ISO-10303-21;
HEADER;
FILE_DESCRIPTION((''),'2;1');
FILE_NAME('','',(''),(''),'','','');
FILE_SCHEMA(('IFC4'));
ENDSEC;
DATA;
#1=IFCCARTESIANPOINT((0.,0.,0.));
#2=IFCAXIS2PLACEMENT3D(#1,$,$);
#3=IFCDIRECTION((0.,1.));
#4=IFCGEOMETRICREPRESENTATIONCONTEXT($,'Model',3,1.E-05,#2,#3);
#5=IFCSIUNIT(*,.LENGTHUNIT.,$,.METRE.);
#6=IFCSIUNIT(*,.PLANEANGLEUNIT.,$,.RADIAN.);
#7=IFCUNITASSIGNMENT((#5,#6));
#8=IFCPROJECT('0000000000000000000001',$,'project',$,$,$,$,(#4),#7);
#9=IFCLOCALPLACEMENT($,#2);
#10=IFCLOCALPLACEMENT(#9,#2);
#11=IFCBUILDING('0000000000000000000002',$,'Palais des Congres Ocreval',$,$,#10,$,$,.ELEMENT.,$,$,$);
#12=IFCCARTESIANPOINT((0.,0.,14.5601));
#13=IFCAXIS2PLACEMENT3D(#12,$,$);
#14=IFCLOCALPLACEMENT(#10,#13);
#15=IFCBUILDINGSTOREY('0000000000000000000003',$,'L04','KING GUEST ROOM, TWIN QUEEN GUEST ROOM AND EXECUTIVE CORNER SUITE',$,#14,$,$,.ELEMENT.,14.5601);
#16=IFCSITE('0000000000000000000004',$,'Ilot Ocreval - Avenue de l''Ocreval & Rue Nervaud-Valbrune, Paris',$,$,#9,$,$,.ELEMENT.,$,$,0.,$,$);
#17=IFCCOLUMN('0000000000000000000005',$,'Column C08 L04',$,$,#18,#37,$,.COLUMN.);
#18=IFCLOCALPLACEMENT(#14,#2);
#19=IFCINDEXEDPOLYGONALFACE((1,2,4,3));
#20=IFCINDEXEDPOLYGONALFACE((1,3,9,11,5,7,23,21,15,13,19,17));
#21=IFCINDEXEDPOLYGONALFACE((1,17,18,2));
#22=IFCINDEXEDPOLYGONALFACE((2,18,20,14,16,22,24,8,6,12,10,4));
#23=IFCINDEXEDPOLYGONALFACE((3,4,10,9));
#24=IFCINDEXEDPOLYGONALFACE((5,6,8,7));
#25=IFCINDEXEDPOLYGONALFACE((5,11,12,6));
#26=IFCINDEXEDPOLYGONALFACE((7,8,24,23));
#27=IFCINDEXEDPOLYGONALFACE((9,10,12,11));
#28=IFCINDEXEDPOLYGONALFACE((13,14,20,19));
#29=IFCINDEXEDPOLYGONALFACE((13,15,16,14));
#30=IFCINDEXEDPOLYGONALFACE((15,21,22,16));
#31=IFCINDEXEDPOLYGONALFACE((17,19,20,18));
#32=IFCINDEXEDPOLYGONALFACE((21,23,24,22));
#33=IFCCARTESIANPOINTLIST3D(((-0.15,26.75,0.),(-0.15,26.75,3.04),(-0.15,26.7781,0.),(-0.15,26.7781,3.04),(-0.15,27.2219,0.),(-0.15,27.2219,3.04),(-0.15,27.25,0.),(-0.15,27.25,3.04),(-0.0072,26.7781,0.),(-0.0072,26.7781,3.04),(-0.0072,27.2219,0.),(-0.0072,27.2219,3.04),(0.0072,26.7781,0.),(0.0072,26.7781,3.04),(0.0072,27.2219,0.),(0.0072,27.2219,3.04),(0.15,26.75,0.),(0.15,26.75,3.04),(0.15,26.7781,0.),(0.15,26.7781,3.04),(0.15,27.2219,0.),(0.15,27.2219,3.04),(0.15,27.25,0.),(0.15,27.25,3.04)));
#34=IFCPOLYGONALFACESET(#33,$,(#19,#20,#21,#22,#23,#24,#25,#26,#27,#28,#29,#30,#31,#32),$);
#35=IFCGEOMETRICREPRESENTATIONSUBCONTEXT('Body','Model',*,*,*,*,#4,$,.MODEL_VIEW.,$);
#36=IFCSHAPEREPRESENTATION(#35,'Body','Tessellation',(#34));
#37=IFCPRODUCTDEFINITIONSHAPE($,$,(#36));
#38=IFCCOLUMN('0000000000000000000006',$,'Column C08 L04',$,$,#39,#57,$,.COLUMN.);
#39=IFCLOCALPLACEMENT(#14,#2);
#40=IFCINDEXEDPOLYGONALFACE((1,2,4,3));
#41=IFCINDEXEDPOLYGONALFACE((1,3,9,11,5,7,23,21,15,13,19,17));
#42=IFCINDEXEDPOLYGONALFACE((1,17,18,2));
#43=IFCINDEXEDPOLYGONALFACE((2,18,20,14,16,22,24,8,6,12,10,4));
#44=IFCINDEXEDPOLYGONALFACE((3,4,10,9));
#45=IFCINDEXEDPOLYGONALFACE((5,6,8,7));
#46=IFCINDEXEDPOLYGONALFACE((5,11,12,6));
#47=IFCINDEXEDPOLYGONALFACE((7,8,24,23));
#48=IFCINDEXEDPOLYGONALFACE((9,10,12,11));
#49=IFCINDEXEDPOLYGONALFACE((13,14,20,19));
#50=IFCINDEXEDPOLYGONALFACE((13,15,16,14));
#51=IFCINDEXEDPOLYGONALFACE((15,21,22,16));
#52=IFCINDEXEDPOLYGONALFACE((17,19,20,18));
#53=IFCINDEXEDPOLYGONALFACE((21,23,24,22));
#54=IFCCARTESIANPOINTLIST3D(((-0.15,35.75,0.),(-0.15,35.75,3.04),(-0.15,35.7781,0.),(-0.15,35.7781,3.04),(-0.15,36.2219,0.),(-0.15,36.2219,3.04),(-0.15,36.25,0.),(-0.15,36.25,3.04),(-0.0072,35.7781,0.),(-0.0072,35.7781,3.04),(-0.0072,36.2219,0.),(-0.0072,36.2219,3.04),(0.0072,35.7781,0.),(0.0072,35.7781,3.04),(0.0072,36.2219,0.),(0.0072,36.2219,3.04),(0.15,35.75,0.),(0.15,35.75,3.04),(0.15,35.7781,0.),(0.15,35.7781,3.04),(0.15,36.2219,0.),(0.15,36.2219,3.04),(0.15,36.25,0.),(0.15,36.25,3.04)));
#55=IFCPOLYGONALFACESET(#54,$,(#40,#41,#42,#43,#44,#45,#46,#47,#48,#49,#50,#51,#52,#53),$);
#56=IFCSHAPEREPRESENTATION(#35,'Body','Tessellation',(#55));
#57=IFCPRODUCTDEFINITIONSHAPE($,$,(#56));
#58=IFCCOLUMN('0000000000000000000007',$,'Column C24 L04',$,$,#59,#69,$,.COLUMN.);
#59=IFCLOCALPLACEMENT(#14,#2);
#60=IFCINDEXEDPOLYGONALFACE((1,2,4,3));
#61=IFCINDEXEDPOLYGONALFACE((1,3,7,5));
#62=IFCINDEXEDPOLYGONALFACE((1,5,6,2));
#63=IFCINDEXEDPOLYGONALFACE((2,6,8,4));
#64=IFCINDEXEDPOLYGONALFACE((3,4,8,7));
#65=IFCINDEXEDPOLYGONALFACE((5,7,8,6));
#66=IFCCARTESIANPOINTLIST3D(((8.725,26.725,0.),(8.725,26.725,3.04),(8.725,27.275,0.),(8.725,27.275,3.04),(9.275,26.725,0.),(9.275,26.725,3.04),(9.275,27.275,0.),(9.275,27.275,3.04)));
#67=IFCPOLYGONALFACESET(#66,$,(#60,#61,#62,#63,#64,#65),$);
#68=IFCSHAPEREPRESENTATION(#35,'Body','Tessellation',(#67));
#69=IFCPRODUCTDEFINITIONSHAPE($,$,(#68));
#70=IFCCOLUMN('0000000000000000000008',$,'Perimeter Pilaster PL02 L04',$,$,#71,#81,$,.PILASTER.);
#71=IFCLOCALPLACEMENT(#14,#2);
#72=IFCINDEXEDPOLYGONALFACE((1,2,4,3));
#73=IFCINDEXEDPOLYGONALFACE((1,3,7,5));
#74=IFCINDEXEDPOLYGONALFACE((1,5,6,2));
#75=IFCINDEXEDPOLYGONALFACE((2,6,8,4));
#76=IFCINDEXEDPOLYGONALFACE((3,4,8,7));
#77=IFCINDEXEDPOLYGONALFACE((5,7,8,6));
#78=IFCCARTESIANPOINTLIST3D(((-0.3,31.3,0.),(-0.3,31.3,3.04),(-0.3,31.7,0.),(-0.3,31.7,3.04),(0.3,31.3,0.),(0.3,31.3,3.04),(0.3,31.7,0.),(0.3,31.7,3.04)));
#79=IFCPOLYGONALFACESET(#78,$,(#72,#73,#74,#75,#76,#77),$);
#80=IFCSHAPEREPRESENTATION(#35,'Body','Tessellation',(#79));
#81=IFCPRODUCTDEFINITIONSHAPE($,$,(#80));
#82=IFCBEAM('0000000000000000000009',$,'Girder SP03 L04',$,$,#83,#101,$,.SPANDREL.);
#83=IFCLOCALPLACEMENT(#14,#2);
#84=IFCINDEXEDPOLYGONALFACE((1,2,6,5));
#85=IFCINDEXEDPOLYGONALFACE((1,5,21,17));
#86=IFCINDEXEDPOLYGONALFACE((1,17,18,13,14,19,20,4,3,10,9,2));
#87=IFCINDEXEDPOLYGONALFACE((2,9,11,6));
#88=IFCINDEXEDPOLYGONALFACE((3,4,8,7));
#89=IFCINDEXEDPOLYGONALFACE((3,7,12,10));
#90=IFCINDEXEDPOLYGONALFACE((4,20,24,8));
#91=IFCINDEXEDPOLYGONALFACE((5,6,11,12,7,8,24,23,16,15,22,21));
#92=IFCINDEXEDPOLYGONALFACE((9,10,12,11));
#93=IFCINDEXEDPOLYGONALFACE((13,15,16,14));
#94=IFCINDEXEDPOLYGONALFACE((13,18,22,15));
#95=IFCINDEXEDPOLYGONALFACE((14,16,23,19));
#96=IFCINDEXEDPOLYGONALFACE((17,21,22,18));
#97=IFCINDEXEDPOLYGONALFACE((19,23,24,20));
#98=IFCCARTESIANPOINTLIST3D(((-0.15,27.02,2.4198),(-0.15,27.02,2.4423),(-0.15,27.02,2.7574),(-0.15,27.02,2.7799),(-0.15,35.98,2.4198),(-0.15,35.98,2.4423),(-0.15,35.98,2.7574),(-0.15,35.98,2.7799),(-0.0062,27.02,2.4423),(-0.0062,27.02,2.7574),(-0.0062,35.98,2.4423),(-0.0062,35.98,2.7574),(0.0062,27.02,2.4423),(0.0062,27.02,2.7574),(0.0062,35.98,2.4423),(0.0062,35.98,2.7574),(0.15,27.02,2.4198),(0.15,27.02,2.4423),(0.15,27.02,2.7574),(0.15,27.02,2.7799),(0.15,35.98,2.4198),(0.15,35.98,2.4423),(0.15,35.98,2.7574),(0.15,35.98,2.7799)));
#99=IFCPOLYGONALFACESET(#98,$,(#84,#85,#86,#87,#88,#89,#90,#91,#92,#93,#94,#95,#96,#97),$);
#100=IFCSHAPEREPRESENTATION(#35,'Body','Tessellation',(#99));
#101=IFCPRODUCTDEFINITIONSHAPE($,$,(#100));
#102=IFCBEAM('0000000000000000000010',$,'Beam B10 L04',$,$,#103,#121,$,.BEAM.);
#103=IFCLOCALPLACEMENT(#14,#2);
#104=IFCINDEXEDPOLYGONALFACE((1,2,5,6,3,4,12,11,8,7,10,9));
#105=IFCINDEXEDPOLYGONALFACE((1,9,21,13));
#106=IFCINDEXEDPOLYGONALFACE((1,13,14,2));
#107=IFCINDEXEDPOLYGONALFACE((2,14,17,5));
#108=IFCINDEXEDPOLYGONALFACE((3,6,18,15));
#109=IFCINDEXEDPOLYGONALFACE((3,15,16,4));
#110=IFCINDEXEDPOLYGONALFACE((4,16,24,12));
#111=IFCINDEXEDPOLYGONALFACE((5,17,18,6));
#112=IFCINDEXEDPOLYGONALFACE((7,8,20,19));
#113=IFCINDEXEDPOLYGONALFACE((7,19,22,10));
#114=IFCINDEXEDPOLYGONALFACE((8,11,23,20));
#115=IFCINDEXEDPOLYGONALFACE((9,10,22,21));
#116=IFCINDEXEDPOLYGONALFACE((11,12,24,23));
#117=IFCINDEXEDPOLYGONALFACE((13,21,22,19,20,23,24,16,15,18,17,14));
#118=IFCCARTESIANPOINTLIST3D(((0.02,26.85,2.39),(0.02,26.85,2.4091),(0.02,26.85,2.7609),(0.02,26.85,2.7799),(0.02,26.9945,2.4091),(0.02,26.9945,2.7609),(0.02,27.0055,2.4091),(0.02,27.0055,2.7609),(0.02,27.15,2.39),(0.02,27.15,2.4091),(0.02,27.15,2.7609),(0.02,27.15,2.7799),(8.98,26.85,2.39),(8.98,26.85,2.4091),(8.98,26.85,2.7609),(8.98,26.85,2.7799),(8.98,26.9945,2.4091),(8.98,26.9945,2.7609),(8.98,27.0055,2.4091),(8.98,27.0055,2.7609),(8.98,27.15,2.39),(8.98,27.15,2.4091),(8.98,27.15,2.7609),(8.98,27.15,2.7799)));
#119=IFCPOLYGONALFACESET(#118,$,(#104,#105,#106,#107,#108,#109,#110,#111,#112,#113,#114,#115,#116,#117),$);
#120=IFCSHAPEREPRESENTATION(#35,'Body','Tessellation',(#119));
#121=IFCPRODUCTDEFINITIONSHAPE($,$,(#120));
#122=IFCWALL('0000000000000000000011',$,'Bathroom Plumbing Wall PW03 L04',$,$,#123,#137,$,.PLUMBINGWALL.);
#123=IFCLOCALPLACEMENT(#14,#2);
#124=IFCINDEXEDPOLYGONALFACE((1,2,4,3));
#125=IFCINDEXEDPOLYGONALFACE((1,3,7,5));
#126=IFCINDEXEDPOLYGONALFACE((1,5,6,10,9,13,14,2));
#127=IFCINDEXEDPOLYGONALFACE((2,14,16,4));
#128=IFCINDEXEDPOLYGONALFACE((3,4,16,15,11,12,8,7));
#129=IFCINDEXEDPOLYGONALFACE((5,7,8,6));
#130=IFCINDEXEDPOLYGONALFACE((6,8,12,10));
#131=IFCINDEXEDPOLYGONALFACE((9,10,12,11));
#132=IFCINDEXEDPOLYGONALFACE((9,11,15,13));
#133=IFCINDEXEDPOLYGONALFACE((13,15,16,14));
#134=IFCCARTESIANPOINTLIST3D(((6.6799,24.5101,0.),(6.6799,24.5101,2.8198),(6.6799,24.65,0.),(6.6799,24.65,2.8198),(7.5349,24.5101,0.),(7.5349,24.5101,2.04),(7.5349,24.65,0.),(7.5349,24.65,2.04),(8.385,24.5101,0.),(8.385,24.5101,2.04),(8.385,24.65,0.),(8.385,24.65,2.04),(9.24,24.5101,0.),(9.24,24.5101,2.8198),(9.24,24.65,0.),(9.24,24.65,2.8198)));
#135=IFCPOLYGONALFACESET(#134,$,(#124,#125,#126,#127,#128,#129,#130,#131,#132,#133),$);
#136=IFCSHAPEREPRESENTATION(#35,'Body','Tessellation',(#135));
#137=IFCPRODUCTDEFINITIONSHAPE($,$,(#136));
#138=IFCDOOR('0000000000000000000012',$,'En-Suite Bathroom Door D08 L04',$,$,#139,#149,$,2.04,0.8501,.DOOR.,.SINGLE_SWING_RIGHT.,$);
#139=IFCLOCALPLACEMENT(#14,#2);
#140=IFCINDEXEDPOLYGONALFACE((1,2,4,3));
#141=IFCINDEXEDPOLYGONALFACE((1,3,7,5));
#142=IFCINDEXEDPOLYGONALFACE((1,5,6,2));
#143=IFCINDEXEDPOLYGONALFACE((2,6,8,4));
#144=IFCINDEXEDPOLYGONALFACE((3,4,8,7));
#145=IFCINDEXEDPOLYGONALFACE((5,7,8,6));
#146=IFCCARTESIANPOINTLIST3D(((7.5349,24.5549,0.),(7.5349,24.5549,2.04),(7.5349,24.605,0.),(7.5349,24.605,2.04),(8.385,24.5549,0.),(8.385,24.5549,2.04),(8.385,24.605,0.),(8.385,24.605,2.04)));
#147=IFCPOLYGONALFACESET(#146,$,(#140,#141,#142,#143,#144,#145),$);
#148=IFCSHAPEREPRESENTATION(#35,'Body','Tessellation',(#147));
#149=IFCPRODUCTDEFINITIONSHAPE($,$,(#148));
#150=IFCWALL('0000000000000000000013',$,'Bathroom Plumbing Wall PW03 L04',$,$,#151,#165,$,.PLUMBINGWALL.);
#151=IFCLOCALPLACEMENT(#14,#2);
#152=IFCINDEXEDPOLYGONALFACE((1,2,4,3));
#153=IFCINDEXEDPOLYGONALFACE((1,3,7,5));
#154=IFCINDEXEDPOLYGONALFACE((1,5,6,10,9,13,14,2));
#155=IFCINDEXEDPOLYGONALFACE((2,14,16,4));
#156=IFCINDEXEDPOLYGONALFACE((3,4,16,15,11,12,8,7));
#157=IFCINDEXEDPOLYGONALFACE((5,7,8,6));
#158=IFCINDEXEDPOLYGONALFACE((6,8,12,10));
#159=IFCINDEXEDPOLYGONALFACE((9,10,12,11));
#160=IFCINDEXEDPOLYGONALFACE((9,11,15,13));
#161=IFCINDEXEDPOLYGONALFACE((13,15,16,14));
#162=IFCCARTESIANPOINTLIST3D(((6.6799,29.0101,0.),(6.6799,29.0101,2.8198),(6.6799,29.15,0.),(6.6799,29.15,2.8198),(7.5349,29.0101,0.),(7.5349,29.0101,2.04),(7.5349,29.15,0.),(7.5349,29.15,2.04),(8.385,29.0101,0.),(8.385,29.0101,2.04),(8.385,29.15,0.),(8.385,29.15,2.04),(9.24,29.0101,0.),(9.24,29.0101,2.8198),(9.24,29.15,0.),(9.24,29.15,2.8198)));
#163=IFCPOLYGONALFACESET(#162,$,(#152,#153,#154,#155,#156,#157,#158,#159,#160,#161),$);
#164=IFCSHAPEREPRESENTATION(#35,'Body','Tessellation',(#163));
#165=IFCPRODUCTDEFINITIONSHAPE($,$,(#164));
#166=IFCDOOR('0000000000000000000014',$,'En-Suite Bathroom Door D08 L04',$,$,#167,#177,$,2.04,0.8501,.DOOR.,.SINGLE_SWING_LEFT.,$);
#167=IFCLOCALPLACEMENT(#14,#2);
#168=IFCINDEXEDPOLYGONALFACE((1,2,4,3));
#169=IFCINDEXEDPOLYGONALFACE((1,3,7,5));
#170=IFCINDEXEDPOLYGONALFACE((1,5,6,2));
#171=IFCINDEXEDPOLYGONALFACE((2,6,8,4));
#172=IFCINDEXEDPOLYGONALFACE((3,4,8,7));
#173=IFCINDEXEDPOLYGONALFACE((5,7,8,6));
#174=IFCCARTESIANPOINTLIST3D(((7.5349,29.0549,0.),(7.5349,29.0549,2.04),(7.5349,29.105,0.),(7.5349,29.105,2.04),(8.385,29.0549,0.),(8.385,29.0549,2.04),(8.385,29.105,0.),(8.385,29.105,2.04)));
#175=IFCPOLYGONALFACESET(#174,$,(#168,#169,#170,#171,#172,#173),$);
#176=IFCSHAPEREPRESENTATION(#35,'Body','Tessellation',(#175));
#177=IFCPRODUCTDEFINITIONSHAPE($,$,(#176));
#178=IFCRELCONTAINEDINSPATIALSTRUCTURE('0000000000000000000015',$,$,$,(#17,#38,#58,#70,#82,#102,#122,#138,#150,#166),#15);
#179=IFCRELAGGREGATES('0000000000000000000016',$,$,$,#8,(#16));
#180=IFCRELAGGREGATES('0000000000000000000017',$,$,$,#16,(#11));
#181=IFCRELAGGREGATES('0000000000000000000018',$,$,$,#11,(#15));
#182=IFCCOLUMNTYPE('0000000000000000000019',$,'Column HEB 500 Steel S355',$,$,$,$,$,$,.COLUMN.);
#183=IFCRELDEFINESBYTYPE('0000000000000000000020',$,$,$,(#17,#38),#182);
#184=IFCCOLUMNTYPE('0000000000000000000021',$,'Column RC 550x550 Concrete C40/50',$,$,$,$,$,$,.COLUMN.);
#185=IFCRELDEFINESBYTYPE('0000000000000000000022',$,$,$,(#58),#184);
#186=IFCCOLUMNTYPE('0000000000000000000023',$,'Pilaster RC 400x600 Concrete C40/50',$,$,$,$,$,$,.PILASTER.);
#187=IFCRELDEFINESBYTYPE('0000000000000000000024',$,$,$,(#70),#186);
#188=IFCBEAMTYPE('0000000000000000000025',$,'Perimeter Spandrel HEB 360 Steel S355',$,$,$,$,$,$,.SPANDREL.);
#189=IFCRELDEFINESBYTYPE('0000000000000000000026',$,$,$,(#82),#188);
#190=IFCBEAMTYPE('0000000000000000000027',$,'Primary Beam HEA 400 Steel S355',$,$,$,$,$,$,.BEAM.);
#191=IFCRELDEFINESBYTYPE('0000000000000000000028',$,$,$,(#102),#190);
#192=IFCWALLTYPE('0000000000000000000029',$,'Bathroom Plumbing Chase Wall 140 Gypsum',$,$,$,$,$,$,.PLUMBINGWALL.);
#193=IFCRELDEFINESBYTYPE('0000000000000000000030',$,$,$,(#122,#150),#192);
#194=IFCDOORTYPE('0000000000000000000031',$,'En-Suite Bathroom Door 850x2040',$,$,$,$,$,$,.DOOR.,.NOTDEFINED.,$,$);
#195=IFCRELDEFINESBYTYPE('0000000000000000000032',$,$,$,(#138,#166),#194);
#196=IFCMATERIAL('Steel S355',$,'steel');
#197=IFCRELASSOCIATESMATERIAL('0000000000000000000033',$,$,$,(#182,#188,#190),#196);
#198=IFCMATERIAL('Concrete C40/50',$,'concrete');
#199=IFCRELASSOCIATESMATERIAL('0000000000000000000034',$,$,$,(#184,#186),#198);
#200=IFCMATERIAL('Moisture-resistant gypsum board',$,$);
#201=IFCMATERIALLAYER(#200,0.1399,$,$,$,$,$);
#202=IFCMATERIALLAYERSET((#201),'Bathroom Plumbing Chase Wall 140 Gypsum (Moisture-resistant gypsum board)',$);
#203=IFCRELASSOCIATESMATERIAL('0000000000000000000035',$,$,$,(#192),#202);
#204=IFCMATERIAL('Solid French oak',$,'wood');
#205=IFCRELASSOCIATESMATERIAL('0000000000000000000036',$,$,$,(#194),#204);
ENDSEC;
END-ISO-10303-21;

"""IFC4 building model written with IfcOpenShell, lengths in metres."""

from ifc_helpers import new_model, si_unit, direction, frame, frame_2d, origin, origin_2d, place, context, subcontext, project, spatial, rectangle, i_section, extrude, material, layer, layer_set, material_profile, profile_set, type_object, element, fill, save


model = new_model("IFC4")

# Units and contexts
model_context = context("Model", 3, precision=1e-05, world=origin(), true_north=direction((0.0, 1.0)))
body_context = subcontext(model_context, "Body", "Model", "MODEL_VIEW")
ifc_project = project(units=[si_unit("LENGTHUNIT", "METRE"), si_unit("PLANEANGLEUNIT", "RADIAN")], contexts=[model_context])

# Site, building, storey
site_placement = place(None, origin())
site = spatial("IfcSite", under=ifc_project, at=site_placement, Name="Ilot Ocreval - Avenue de l'Ocreval & Rue Nervaud-Valbrune, Paris", CompositionType="ELEMENT", RefElevation=0.0)
building_placement = place(site_placement, origin())
building = spatial("IfcBuilding", under=site, at=building_placement, Name="Palais des Congres Ocreval", CompositionType="ELEMENT")
storey_placement = place(building_placement, frame((0.0, 0.0, 14.5601)))
storey = spatial("IfcBuildingStorey", under=building, at=storey_placement, Name="L04", Description="KING GUEST ROOM, TWIN QUEEN GUEST ROOM AND EXECUTIVE CORNER SUITE", CompositionType="ELEMENT", Elevation=14.5601)

# Columns
ifc_material_1 = material(Name="Steel S355", Category="steel")
ifc_material_profile_1 = material_profile(ifc_material_1, i_section(OverallWidth=0.3, OverallDepth=0.5, WebThickness=0.0144, FlangeThickness=0.0281, at=origin_2d()), Name="HEB 500")
ifc_profile_set_1 = profile_set([ifc_material_profile_1], Name="Steel S355")
column_type_1 = type_object("IfcColumnType", Name="Column HEB 500 Steel S355", PredefinedType="COLUMN", material=ifc_profile_set_1)
for number, where, z_axis, x_axis, name in (
    (1, (0.0, 27.0, 0.0), (0.0, 0.0, 1.0), (1.0, 0.0, 0.0), "Column C08 L04"),
    (2, (0.0, 36.0, 0.0), (0.0, 0.0, 1.0), (1.0, 0.0, 0.0), "Column C08 L04"),
):
    element("IfcColumn", number, at=place(storey_placement, frame(where, z_axis=z_axis, x_axis=x_axis)), inside=storey, type_object=column_type_1, Name=name, PredefinedType="COLUMN", context=body_context, shape_type="SweptSolid", body=[
        extrude(i_section(OverallWidth=0.3, OverallDepth=0.5, WebThickness=0.0144, FlangeThickness=0.0281, at=origin_2d()), origin(), (0.0, 0.0, 1.0), 3.04),
    ])
ifc_material_2 = material(Name="Concrete C40/50", Category="concrete")
ifc_material_profile_2 = material_profile(ifc_material_2, rectangle(XDim=0.55, YDim=0.55, at=origin_2d()), Name="RC 550x550")
ifc_profile_set_2 = profile_set([ifc_material_profile_2], Name="Concrete C40/50")
column_type_2 = type_object("IfcColumnType", Name="Column RC 550x550 Concrete C40/50", PredefinedType="COLUMN", material=ifc_profile_set_2)
column_1_placement = place(storey_placement, frame((9.0, 27.0, 0.0), z_axis=(0.0, 0.0, 1.0), x_axis=(1.0, 0.0, 0.0)))
element("IfcColumn", 3, at=column_1_placement, inside=storey, type_object=column_type_2, Name="Column C24 L04", PredefinedType="COLUMN", context=body_context, shape_type="SweptSolid", body=[
    extrude(rectangle(XDim=0.55, YDim=0.55, at=origin_2d()), origin(), (0.0, 0.0, 1.0), 3.04),
])
ifc_material_profile_3 = material_profile(ifc_material_2, rectangle(XDim=0.3999, YDim=0.6001, at=origin_2d()), Name="RC 400x600")
ifc_profile_set_3 = profile_set([ifc_material_profile_3], Name="Concrete C40/50")
column_type_3 = type_object("IfcColumnType", Name="Pilaster RC 400x600 Concrete C40/50", PredefinedType="PILASTER", material=ifc_profile_set_3)
column_2_placement = place(storey_placement, frame((0.0, 31.5, 0.0), z_axis=(0.0, 0.0, 1.0), x_axis=(0.0, 1.0, 0.0)))
element("IfcColumn", 4, at=column_2_placement, inside=storey, type_object=column_type_3, Name="Perimeter Pilaster PL02 L04", PredefinedType="PILASTER", context=body_context, shape_type="SweptSolid", body=[
    extrude(rectangle(XDim=0.3999, YDim=0.6001, at=origin_2d()), origin(), (0.0, 0.0, 1.0), 3.04),
])

# Beams
ifc_material_profile_4 = material_profile(ifc_material_1, i_section(OverallWidth=0.3, OverallDepth=0.3601, WebThickness=0.0125, FlangeThickness=0.0225, at=origin_2d()), Name="HEB 360")
ifc_profile_set_4 = profile_set([ifc_material_profile_4], Name="Steel S355")
beam_type_1 = type_object("IfcBeamType", Name="Perimeter Spandrel HEB 360 Steel S355", PredefinedType="SPANDREL", material=ifc_profile_set_4)
beam_1_placement = place(storey_placement, frame((0.0, 27.02, 2.5999), z_axis=(0.0, 1.0, 0.0), x_axis=(-1.0, 0.0, 0.0)))
element("IfcBeam", 5, at=beam_1_placement, inside=storey, type_object=beam_type_1, Name="Girder SP03 L04", PredefinedType="SPANDREL", context=body_context, shape_type="SweptSolid", body=[
    extrude(i_section(OverallWidth=0.3, OverallDepth=0.3601, WebThickness=0.0125, FlangeThickness=0.0225, at=origin_2d()), origin(), (0.0, 0.0, 1.0), 8.96),
])
ifc_material_profile_5 = material_profile(ifc_material_1, i_section(OverallWidth=0.3, OverallDepth=0.3899, WebThickness=0.011, FlangeThickness=0.019, at=origin_2d()), Name="HEA 400")
ifc_profile_set_5 = profile_set([ifc_material_profile_5], Name="Steel S355")
beam_type_2 = type_object("IfcBeamType", Name="Primary Beam HEA 400 Steel S355", PredefinedType="BEAM", material=ifc_profile_set_5)
beam_2_placement = place(storey_placement, frame((0.02, 27.0, 2.585), z_axis=(1.0, 0.0, 0.0), x_axis=(0.0, 1.0, 0.0)))
element("IfcBeam", 6, at=beam_2_placement, inside=storey, type_object=beam_type_2, Name="Beam B10 L04", PredefinedType="BEAM", context=body_context, shape_type="SweptSolid", body=[
    extrude(i_section(OverallWidth=0.3, OverallDepth=0.3899, WebThickness=0.011, FlangeThickness=0.019, at=origin_2d()), origin(), (0.0, 0.0, 1.0), 8.96),
])

# Walls, openings, doors
ifc_material_3 = material(Name="Moisture-resistant gypsum board")
ifc_layer_1 = layer(ifc_material_3, 0.1399)
ifc_layer_set_1 = layer_set([ifc_layer_1], Name="Bathroom Plumbing Chase Wall 140 Gypsum (Moisture-resistant gypsum board)")
wall_type_1 = type_object("IfcWallType", Name="Bathroom Plumbing Chase Wall 140 Gypsum", PredefinedType="PLUMBINGWALL", material=ifc_layer_set_1)
wall_1_placement = place(storey_placement, frame((6.6799, 24.5801, 0.0), z_axis=(0.0, 0.0, 1.0), x_axis=(1.0, 0.0, 0.0)))
wall_1 = element("IfcWall", 7, at=wall_1_placement, inside=storey, type_object=wall_type_1, Name="Bathroom Plumbing Wall PW03 L04", PredefinedType="PLUMBINGWALL", context=body_context, shape_type="SweptSolid", body=[
    extrude(rectangle(XDim=2.5601, YDim=0.1399, at=frame_2d((1.28, 0.0))), origin(), (0.0, 0.0, 1.0), 2.8198),
])
opening_1_placement = place(wall_1_placement, frame((0.855, 0.0, 0.0)))
opening_1 = element("IfcOpeningElement", 8, at=opening_1_placement, cuts=wall_1, PredefinedType="OPENING", context=body_context, shape_type="SweptSolid", body=[
    extrude(rectangle(XDim=0.8501, YDim=2.04, at=frame_2d((0.425, 1.02))), frame((0.0, 0.0798, 0.0), z_axis=(0.0, -1.0, 0.0), x_axis=(1.0, 0.0, 0.0)), (0.0, 0.0, 1.0), 0.1599),
])
ifc_material_4 = material(Name="Solid French oak", Category="wood")
door_type = type_object("IfcDoorType", Name="En-Suite Bathroom Door 850x2040", OperationType="NOTDEFINED", PredefinedType="DOOR", material=ifc_material_4)
door_1_placement = place(opening_1_placement, origin())
door_1 = element("IfcDoor", 9, at=door_1_placement, inside=storey, type_object=door_type, Name="En-Suite Bathroom Door D08 L04", OperationType="SINGLE_SWING_RIGHT", OverallHeight=2.04, OverallWidth=0.8501, PredefinedType="DOOR", context=body_context, shape_type="SweptSolid", body=[
    extrude(rectangle(XDim=0.8501, YDim=2.04, at=frame_2d((0.425, 1.02))), frame((0.0, 0.0249, 0.0), z_axis=(0.0, -1.0, 0.0), x_axis=(1.0, 0.0, 0.0)), (0.0, 0.0, 1.0), 0.05),
])
fill(opening_1, door_1)
wall_2_placement = place(storey_placement, frame((6.6799, 29.0801, 0.0), z_axis=(0.0, 0.0, 1.0), x_axis=(1.0, 0.0, 0.0)))
wall_2 = element("IfcWall", 10, at=wall_2_placement, inside=storey, type_object=wall_type_1, Name="Bathroom Plumbing Wall PW03 L04", PredefinedType="PLUMBINGWALL", context=body_context, shape_type="SweptSolid", body=[
    extrude(rectangle(XDim=2.5601, YDim=0.1399, at=frame_2d((1.28, 0.0))), origin(), (0.0, 0.0, 1.0), 2.8198),
])
opening_2_placement = place(wall_2_placement, frame((0.855, 0.0, 0.0)))
opening_2 = element("IfcOpeningElement", 11, at=opening_2_placement, cuts=wall_2, PredefinedType="OPENING", context=body_context, shape_type="SweptSolid", body=[
    extrude(rectangle(XDim=0.8501, YDim=2.04, at=frame_2d((0.425, 1.02))), frame((0.0, 0.0798, 0.0), z_axis=(0.0, -1.0, 0.0), x_axis=(1.0, 0.0, 0.0)), (0.0, 0.0, 1.0), 0.1599),
])
door_2_placement = place(opening_2_placement, origin())
door_2 = element("IfcDoor", 12, at=door_2_placement, inside=storey, type_object=door_type, Name="En-Suite Bathroom Door D08 L04", OperationType="SINGLE_SWING_LEFT", OverallHeight=2.04, OverallWidth=0.8501, PredefinedType="DOOR", context=body_context, shape_type="SweptSolid", body=[
    extrude(rectangle(XDim=0.8501, YDim=2.04, at=frame_2d((0.425, 1.02))), frame((0.0, 0.0249, 0.0), z_axis=(0.0, -1.0, 0.0), x_axis=(1.0, 0.0, 0.0)), (0.0, 0.0, 1.0), 0.05),
])
fill(opening_2, door_2)

save(model, "model.ifc")
